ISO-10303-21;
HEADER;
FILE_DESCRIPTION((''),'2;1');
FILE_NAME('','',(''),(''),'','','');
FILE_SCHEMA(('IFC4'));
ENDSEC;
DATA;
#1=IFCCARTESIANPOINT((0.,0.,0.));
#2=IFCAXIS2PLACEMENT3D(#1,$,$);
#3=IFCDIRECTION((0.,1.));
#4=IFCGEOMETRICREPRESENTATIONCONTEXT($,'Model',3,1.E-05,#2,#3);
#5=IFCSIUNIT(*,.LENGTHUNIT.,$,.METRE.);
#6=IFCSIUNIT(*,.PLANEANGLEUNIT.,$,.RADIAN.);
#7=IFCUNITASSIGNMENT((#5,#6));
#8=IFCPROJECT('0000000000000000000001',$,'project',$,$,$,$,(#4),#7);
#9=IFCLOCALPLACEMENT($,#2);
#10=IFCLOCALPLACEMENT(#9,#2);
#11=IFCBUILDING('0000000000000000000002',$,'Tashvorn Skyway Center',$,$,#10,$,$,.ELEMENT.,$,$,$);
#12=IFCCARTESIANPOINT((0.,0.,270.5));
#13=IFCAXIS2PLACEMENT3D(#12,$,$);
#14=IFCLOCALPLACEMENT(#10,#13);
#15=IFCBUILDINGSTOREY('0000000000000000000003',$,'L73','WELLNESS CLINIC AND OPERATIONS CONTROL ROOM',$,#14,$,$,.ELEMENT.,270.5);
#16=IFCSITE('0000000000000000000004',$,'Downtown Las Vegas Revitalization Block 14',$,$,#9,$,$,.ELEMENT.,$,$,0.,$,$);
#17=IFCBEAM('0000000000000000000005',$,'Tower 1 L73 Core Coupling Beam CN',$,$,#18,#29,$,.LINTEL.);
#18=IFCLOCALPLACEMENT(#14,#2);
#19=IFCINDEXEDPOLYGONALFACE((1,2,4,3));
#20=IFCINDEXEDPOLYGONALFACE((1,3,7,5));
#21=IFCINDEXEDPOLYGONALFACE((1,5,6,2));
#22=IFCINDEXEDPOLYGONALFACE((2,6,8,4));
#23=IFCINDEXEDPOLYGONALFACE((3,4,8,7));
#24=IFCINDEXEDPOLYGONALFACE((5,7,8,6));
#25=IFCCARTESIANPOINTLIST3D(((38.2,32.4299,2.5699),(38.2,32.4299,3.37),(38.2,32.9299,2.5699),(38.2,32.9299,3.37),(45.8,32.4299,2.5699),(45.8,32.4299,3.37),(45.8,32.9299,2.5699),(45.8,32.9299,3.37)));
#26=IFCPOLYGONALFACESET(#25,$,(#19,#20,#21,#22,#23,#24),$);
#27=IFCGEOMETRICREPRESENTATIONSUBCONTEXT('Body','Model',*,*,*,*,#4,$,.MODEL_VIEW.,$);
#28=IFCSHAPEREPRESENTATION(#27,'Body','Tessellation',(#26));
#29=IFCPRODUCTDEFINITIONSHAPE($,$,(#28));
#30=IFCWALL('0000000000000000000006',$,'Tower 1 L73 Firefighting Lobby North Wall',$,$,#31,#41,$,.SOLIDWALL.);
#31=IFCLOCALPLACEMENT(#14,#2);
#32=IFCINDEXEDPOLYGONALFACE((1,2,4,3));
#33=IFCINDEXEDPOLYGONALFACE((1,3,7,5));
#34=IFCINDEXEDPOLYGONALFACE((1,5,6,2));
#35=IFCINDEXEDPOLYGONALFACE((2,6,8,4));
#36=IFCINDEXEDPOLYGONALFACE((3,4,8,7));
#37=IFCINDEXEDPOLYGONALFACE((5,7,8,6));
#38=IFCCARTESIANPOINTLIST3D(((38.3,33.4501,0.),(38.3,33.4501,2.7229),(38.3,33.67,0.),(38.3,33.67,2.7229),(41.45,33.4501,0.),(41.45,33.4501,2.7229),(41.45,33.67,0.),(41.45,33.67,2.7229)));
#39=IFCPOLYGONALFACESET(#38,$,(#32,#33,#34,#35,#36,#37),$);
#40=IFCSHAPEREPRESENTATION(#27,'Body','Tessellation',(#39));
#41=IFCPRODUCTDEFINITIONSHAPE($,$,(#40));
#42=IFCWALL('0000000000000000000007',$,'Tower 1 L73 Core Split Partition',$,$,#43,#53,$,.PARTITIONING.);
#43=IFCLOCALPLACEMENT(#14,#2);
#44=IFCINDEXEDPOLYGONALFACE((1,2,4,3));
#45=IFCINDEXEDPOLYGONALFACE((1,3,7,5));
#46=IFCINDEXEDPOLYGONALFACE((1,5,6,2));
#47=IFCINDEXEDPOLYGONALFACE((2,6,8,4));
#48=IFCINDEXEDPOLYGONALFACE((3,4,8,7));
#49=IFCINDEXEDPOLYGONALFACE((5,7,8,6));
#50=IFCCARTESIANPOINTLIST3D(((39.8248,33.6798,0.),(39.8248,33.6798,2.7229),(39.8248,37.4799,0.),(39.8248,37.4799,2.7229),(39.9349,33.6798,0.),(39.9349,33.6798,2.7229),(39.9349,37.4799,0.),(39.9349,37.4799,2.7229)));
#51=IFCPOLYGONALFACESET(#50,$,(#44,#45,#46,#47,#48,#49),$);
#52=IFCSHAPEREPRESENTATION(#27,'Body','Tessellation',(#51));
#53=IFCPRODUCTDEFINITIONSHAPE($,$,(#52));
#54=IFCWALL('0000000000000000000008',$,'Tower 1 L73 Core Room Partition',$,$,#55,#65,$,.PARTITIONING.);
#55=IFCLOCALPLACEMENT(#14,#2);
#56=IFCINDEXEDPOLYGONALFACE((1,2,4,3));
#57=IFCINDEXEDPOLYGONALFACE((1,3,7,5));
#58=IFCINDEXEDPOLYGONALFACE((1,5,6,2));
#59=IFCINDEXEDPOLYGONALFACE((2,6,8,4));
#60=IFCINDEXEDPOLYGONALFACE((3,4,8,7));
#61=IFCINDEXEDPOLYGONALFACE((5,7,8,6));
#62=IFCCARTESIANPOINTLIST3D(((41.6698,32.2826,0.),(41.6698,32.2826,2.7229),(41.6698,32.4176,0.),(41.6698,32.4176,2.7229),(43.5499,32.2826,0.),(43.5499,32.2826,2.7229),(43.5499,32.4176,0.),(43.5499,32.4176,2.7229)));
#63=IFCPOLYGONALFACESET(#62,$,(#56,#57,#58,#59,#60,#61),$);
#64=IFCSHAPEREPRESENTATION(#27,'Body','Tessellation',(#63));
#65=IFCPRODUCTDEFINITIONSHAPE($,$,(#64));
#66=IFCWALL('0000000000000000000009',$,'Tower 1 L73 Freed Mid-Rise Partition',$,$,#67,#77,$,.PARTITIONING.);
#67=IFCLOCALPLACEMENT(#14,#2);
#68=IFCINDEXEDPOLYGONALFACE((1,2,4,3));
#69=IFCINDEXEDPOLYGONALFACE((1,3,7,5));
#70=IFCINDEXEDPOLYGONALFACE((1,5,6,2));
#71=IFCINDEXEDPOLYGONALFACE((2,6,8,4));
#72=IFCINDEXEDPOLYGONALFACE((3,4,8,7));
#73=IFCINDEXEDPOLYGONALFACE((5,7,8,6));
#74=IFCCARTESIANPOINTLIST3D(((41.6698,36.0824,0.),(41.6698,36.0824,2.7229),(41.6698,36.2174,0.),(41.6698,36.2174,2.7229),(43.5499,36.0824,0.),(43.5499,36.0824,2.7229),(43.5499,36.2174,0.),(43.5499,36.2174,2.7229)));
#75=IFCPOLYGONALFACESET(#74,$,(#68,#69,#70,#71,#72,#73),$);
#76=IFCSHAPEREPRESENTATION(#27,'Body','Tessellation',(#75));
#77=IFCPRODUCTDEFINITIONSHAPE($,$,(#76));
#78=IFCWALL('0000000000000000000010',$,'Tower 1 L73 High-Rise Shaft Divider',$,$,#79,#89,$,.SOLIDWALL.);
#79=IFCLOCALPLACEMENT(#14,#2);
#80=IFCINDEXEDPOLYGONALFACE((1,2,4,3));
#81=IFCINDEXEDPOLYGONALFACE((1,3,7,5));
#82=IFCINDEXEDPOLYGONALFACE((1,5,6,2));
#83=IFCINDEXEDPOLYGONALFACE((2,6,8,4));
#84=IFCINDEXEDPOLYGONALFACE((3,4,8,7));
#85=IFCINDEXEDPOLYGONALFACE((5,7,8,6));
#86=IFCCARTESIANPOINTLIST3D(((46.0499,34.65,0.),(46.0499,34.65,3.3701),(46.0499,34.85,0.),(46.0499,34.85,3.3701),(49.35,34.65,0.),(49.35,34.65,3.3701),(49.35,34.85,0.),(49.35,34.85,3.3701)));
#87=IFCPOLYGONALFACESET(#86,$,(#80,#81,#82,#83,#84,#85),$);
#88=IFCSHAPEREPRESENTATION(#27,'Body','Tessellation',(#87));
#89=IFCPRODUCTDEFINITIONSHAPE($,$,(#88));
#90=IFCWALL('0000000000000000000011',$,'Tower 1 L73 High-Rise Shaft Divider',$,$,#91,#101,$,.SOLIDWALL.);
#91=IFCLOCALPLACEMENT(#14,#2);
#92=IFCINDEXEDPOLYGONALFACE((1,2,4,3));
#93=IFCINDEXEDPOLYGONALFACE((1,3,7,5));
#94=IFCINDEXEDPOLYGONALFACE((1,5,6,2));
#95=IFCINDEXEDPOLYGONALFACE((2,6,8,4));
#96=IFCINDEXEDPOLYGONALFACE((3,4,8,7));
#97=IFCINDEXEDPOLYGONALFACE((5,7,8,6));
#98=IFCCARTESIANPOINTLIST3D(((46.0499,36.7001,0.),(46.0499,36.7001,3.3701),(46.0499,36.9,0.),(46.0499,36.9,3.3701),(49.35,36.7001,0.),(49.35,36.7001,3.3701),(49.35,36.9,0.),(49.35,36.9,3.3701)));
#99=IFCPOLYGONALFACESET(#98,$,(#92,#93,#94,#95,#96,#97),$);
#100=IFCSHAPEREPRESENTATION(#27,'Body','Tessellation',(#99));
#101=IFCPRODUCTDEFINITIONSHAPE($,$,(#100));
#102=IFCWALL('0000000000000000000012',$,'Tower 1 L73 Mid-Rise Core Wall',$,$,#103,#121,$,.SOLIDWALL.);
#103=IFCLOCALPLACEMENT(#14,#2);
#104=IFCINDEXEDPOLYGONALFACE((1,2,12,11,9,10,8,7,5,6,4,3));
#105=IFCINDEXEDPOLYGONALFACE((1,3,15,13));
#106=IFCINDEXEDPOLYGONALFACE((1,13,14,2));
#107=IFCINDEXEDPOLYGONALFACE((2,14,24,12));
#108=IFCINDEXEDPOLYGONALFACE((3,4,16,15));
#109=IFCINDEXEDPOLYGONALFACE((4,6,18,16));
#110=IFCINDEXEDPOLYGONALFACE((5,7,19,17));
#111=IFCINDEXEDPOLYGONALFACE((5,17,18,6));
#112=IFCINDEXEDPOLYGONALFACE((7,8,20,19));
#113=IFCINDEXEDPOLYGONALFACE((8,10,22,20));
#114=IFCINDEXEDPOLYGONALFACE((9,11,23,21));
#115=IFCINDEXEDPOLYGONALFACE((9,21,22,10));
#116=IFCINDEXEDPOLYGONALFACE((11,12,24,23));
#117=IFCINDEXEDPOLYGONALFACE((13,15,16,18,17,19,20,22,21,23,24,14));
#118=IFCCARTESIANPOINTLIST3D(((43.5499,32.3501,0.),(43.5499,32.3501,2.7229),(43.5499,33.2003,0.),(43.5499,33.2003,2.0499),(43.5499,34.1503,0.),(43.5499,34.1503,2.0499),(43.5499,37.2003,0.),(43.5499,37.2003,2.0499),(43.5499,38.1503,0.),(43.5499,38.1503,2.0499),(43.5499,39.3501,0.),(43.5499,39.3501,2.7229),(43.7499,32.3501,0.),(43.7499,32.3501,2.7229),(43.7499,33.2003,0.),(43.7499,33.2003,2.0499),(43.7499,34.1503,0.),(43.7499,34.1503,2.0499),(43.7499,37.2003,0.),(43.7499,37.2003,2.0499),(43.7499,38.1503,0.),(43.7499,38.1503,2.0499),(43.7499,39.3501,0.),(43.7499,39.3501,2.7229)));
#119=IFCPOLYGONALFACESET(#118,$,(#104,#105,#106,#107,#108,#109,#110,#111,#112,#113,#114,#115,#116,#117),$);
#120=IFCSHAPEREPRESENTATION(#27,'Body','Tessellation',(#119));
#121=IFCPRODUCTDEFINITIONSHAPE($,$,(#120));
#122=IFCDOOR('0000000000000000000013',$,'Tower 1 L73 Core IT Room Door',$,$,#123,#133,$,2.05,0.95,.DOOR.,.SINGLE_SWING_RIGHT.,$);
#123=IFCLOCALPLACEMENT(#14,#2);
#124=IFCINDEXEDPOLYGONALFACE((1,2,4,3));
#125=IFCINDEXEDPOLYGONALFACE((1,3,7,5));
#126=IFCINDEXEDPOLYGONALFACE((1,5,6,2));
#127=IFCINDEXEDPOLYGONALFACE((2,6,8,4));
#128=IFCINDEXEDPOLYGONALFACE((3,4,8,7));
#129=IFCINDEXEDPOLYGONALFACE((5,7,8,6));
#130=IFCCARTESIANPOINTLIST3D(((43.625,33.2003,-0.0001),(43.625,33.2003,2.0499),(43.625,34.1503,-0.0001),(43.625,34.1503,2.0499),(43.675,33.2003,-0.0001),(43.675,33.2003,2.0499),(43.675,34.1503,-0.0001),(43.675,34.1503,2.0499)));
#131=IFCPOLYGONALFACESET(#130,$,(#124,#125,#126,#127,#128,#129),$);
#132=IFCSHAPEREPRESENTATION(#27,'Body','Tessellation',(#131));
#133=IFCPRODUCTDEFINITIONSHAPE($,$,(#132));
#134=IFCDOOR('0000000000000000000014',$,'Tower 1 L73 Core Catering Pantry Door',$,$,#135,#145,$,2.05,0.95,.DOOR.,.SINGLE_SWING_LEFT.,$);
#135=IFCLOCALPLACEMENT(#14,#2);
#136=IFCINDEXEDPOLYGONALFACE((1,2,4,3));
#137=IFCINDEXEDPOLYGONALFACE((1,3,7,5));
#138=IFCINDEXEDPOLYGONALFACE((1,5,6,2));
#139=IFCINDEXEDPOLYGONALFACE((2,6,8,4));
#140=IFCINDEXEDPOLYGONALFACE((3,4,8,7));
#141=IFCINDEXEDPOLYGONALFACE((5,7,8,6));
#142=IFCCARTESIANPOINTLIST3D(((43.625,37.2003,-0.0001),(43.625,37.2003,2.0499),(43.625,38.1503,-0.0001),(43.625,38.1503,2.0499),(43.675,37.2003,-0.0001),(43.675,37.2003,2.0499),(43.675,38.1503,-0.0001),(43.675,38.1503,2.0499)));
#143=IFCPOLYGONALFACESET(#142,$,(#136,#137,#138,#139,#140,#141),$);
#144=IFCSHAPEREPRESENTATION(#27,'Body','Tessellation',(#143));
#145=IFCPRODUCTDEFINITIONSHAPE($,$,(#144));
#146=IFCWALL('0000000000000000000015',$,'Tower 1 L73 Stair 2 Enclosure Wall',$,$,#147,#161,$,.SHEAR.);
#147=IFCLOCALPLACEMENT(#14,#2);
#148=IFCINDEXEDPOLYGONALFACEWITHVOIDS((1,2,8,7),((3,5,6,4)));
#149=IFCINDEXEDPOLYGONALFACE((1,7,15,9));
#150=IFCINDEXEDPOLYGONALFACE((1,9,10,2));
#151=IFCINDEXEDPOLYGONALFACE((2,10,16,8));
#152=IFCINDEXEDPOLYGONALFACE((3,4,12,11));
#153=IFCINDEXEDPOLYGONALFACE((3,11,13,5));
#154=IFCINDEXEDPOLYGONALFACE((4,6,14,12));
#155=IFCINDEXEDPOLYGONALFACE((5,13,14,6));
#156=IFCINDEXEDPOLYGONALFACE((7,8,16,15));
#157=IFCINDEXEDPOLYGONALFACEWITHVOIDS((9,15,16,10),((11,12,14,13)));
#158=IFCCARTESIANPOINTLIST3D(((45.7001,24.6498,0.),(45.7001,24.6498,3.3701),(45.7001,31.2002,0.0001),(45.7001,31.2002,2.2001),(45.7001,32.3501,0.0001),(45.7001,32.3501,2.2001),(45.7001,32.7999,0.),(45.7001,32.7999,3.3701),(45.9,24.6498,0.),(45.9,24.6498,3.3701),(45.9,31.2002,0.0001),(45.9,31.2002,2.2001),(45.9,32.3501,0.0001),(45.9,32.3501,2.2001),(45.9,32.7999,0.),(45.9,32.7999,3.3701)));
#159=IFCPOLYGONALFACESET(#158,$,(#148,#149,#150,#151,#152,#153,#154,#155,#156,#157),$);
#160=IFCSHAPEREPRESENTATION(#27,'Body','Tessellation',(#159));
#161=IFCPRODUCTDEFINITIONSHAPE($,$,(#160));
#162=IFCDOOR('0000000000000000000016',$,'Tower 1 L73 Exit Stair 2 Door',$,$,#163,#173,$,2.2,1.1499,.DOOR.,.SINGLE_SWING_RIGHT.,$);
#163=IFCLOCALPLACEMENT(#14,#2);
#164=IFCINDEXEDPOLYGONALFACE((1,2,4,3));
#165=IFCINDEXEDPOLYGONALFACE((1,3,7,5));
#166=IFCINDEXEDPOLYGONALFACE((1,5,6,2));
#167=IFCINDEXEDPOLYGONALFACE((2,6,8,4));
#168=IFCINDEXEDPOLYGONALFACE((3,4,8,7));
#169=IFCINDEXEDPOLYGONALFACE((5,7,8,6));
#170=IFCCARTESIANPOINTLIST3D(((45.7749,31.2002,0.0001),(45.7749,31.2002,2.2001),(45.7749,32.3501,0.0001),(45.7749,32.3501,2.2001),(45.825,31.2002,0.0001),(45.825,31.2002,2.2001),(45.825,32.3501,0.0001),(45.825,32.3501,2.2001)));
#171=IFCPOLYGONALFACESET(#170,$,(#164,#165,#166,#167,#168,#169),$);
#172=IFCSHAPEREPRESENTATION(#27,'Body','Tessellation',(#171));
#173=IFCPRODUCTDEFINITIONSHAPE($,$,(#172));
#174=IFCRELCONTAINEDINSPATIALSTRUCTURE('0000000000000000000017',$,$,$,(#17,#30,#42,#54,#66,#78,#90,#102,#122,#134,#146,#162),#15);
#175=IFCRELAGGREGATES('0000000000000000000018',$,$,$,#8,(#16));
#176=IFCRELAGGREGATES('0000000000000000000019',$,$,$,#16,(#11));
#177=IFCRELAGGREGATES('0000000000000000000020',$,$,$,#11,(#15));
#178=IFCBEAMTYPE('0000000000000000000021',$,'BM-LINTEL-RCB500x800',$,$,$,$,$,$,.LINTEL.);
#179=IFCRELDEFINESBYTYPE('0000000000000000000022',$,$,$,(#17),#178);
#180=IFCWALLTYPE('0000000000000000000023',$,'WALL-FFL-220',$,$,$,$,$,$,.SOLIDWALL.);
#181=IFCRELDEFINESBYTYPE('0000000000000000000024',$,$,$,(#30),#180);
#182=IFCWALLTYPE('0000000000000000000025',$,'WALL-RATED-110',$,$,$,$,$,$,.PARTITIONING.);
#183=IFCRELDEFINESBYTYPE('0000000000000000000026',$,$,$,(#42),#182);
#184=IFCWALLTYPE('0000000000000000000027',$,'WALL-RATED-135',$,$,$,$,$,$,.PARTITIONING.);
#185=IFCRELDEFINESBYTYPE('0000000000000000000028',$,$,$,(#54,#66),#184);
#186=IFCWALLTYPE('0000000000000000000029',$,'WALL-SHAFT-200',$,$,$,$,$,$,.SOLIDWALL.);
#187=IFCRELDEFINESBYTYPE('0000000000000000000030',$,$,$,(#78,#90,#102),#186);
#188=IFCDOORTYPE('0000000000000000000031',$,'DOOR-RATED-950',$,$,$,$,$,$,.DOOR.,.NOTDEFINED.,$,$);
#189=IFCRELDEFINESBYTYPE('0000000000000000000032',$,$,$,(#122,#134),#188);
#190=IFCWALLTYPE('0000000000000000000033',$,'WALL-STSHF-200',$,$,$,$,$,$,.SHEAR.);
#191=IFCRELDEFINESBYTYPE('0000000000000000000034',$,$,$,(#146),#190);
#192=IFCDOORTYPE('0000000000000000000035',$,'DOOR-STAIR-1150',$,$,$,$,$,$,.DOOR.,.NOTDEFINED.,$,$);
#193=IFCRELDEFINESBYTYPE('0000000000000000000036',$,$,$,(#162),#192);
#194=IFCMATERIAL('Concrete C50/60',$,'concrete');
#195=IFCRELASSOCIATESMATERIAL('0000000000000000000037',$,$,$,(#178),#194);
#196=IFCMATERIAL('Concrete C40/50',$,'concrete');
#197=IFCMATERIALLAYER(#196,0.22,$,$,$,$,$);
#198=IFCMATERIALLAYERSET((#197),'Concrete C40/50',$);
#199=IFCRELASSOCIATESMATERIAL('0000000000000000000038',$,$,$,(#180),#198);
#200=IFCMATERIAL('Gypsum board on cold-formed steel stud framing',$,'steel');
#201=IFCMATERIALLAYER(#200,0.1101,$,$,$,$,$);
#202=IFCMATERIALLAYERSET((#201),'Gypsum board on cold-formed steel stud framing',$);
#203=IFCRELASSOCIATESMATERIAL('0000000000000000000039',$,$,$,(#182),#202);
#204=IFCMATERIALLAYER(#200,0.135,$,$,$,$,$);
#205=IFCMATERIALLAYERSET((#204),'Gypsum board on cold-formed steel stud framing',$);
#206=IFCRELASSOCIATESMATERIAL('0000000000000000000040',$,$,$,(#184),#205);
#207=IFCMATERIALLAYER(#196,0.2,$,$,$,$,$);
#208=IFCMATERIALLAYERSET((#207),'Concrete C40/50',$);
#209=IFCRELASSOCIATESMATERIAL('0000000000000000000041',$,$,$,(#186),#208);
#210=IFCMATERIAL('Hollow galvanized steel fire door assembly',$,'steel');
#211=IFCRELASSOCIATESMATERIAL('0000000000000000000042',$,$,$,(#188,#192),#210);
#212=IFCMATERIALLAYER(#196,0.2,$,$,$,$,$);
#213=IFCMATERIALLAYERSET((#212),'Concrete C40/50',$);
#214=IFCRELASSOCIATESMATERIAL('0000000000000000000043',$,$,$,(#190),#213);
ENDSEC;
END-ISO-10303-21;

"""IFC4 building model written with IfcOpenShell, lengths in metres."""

from ifc_helpers import new_model, si_unit, direction, frame, frame_2d, origin, origin_2d, place, context, subcontext, project, spatial, rectangle, extrude, material, layer, layer_set, material_profile, profile_set, type_object, element, fill, save


model = new_model("IFC4")

# Units and contexts
model_context = context("Model", 3, precision=1e-05, world=origin(), true_north=direction((0.0, 1.0)))
body_context = subcontext(model_context, "Body", "Model", "MODEL_VIEW")
ifc_project = project(units=[si_unit("LENGTHUNIT", "METRE"), si_unit("PLANEANGLEUNIT", "RADIAN")], contexts=[model_context])

# Site, building, storey
site_placement = place(None, origin())
site = spatial("IfcSite", under=ifc_project, at=site_placement, Name="Downtown Las Vegas Revitalization Block 14", CompositionType="ELEMENT", RefElevation=0.0)
building_placement = place(site_placement, origin())
building = spatial("IfcBuilding", under=site, at=building_placement, Name="Tashvorn Skyway Center", CompositionType="ELEMENT")
storey_placement = place(building_placement, frame((0.0, 0.0, 270.5)))
storey = spatial("IfcBuildingStorey", under=building, at=storey_placement, Name="L73", Description="WELLNESS CLINIC AND OPERATIONS CONTROL ROOM", CompositionType="ELEMENT", Elevation=270.5)

# Beam
ifc_material_1 = material(Name="Concrete C50/60", Category="concrete")
ifc_material_profile = material_profile(ifc_material_1, rectangle(XDim=0.5, YDim=0.8, at=origin_2d()), Name="RCB500x800")
ifc_profile_set = profile_set([ifc_material_profile], Name="Concrete C50/60")
beam_type = type_object("IfcBeamType", Name="BM-LINTEL-RCB500x800", PredefinedType="LINTEL", material=ifc_profile_set)
beam_placement = place(storey_placement, frame((38.2, 32.6799, 2.97), z_axis=(1.0, 0.0, 0.0), x_axis=(0.0, 1.0, 0.0)))
element("IfcBeam", 1, at=beam_placement, inside=storey, type_object=beam_type, Name="Tower 1 L73 Core Coupling Beam CN", PredefinedType="LINTEL", context=body_context, shape_type="SweptSolid", body=[
    extrude(rectangle(XDim=0.5, YDim=0.8, at=origin_2d()), origin(), (0.0, 0.0, 1.0), 7.6001),
])

# Walls
ifc_material_2 = material(Name="Concrete C40/50", Category="concrete")
ifc_layer_1 = layer(ifc_material_2, 0.22)
ifc_layer_set_1 = layer_set([ifc_layer_1], Name="Concrete C40/50")
wall_type_1 = type_object("IfcWallType", Name="WALL-FFL-220", PredefinedType="SOLIDWALL", material=ifc_layer_set_1)
wall_1_placement = place(storey_placement, frame((38.3, 33.5601, 0.0), z_axis=(0.0, 0.0, 1.0), x_axis=(1.0, 0.0, 0.0)))
element("IfcWall", 2, at=wall_1_placement, inside=storey, type_object=wall_type_1, Name="Tower 1 L73 Firefighting Lobby North Wall", PredefinedType="SOLIDWALL", context=body_context, shape_type="SweptSolid", body=[
    extrude(rectangle(XDim=3.1499, YDim=0.22, at=frame_2d((1.575, 0.0))), origin(), (0.0, 0.0, 1.0), 2.7229),
])
ifc_material_3 = material(Name="Gypsum board on cold-formed steel stud framing", Category="steel")
ifc_layer_2 = layer(ifc_material_3, 0.1101)
ifc_layer_set_2 = layer_set([ifc_layer_2], Name="Gypsum board on cold-formed steel stud framing")
wall_type_2 = type_object("IfcWallType", Name="WALL-RATED-110", PredefinedType="PARTITIONING", material=ifc_layer_set_2)
wall_2_placement = place(storey_placement, frame((39.8799, 33.6799, 0.0), z_axis=(0.0, 0.0, 1.0), x_axis=(0.0, 1.0, 0.0)))
element("IfcWall", 3, at=wall_2_placement, inside=storey, type_object=wall_type_2, Name="Tower 1 L73 Core Split Partition", PredefinedType="PARTITIONING", context=body_context, shape_type="SweptSolid", body=[
    extrude(rectangle(XDim=3.8, YDim=0.1101, at=frame_2d((1.8999, 0.0))), origin(), (0.0, 0.0, 1.0), 2.7229),
])
ifc_layer_3 = layer(ifc_material_3, 0.135)
ifc_layer_set_3 = layer_set([ifc_layer_3], Name="Gypsum board on cold-formed steel stud framing")
wall_type_3 = type_object("IfcWallType", Name="WALL-RATED-135", PredefinedType="PARTITIONING", material=ifc_layer_set_3)
for number, where, z_axis, x_axis, name in (
    (4, (41.6699, 32.3501, 0.0), (0.0, 0.0, 1.0), (1.0, 0.0, 0.0), "Tower 1 L73 Core Room Partition"),
    (5, (41.6699, 36.1499, 0.0), (0.0, 0.0, 1.0), (1.0, 0.0, 0.0), "Tower 1 L73 Freed Mid-Rise Partition"),
):
    element("IfcWall", number, at=place(storey_placement, frame(where, z_axis=z_axis, x_axis=x_axis)), inside=storey, type_object=wall_type_3, Name=name, PredefinedType="PARTITIONING", context=body_context, shape_type="SweptSolid", body=[
        extrude(rectangle(XDim=1.8801, YDim=0.135, at=frame_2d((0.9399, 0.0))), origin(), (0.0, 0.0, 1.0), 2.7229),
    ])
ifc_layer_4 = layer(ifc_material_2, 0.2)
ifc_layer_set_4 = layer_set([ifc_layer_4], Name="Concrete C40/50")
wall_type_4 = type_object("IfcWallType", Name="WALL-SHAFT-200", PredefinedType="SOLIDWALL", material=ifc_layer_set_4)
for number, where, z_axis, x_axis, name in (
    (6, (46.05, 34.75, 0.0), (0.0, 0.0, 1.0), (1.0, 0.0, 0.0), "Tower 1 L73 High-Rise Shaft Divider"),
    (7, (46.05, 36.8, 0.0), (0.0, 0.0, 1.0), (1.0, 0.0, 0.0), "Tower 1 L73 High-Rise Shaft Divider"),
):
    element("IfcWall", number, at=place(storey_placement, frame(where, z_axis=z_axis, x_axis=x_axis)), inside=storey, type_object=wall_type_4, Name=name, PredefinedType="SOLIDWALL", context=body_context, shape_type="SweptSolid", body=[
        extrude(rectangle(XDim=3.3, YDim=0.2, at=frame_2d((1.6499, 0.0))), origin(), (0.0, 0.0, 1.0), 3.3701),
    ])

# Wall, openings, doors
wall_3_placement = place(storey_placement, frame((43.6499, 32.3501, 0.0), z_axis=(0.0, 0.0, 1.0), x_axis=(0.0, 1.0, 0.0)))
wall_3 = element("IfcWall", 8, at=wall_3_placement, inside=storey, type_object=wall_type_4, Name="Tower 1 L73 Mid-Rise Core Wall", PredefinedType="SOLIDWALL", context=body_context, shape_type="SweptSolid", body=[
    extrude(rectangle(XDim=7.0, YDim=0.2, at=frame_2d((3.5, 0.0))), origin(), (0.0, 0.0, 1.0), 2.7229),
])
opening_1_placement = place(wall_3_placement, frame((0.8501, 0.0, 0.0)))
opening_1 = element("IfcOpeningElement", 9, at=opening_1_placement, cuts=wall_3, PredefinedType="OPENING", context=body_context, shape_type="SweptSolid", body=[
    extrude(rectangle(XDim=0.95, YDim=2.05, at=frame_2d((0.4751, 1.0249))), frame((0.0, 0.1099, 0.0), z_axis=(0.0, -1.0, 0.0), x_axis=(1.0, 0.0, 0.0)), (0.0, 0.0, 1.0), 0.22),
])
opening_2_placement = place(wall_3_placement, frame((4.8501, 0.0, 0.0)))
opening_2 = element("IfcOpeningElement", 10, at=opening_2_placement, cuts=wall_3, PredefinedType="OPENING", context=body_context, shape_type="SweptSolid", body=[
    extrude(rectangle(XDim=0.95, YDim=2.05, at=frame_2d((0.4751, 1.0249))), frame((0.0, 0.1099, 0.0), z_axis=(0.0, -1.0, 0.0), x_axis=(1.0, 0.0, 0.0)), (0.0, 0.0, 1.0), 0.22),
])
ifc_material_4 = material(Name="Hollow galvanized steel fire door assembly", Category="steel")
door_type_1 = type_object("IfcDoorType", Name="DOOR-RATED-950", OperationType="NOTDEFINED", PredefinedType="DOOR", material=ifc_material_4)
door_1_placement = place(opening_1_placement, origin())
door_1 = element("IfcDoor", 11, at=door_1_placement, inside=storey, type_object=door_type_1, Name="Tower 1 L73 Core IT Room Door", OperationType="SINGLE_SWING_RIGHT", OverallHeight=2.05, OverallWidth=0.95, PredefinedType="DOOR", context=body_context, shape_type="SweptSolid", body=[
    extrude(rectangle(XDim=0.95, YDim=2.05, at=frame_2d((0.4751, 1.0249))), frame((0.0, 0.0249, 0.0), z_axis=(0.0, -1.0, 0.0), x_axis=(1.0, 0.0, 0.0)), (0.0, 0.0, 1.0), 0.05),
])
fill(opening_1, door_1)
door_2_placement = place(opening_2_placement, origin())
door_2 = element("IfcDoor", 12, at=door_2_placement, inside=storey, type_object=door_type_1, Name="Tower 1 L73 Core Catering Pantry Door", OperationType="SINGLE_SWING_LEFT", OverallHeight=2.05, OverallWidth=0.95, PredefinedType="DOOR", context=body_context, shape_type="SweptSolid", body=[
    extrude(rectangle(XDim=0.95, YDim=2.05, at=frame_2d((0.4751, 1.0249))), frame((0.0, 0.0249, 0.0), z_axis=(0.0, -1.0, 0.0), x_axis=(1.0, 0.0, 0.0)), (0.0, 0.0, 1.0), 0.05),
])
fill(opening_2, door_2)

# Wall, opening, door
ifc_layer_5 = layer(ifc_material_2, 0.2)
ifc_layer_set_5 = layer_set([ifc_layer_5], Name="Concrete C40/50")
wall_type_5 = type_object("IfcWallType", Name="WALL-STSHF-200", PredefinedType="SHEAR", material=ifc_layer_set_5)
wall_4_placement = place(storey_placement, frame((45.8, 32.8, 0.0), z_axis=(0.0, 0.0, 1.0), x_axis=(0.0, -1.0, 0.0)))
wall_4 = element("IfcWall", 13, at=wall_4_placement, inside=storey, type_object=wall_type_5, Name="Tower 1 L73 Stair 2 Enclosure Wall", PredefinedType="SHEAR", context=body_context, shape_type="SweptSolid", body=[
    extrude(rectangle(XDim=8.1501, YDim=0.2, at=frame_2d((4.0752, 0.0))), origin(), (0.0, 0.0, 1.0), 3.3701),
])
opening_3_placement = place(wall_4_placement, frame((0.45, 0.0, 0.0)))
opening_3 = element("IfcOpeningElement", 14, at=opening_3_placement, cuts=wall_4, PredefinedType="OPENING", context=body_context, shape_type="SweptSolid", body=[
    extrude(rectangle(XDim=1.1499, YDim=2.2, at=frame_2d((0.575, 1.1001))), frame((0.0, 0.1099, 0.0), z_axis=(0.0, -1.0, 0.0), x_axis=(1.0, 0.0, 0.0)), (0.0, 0.0, 1.0), 0.22),
])
door_type_2 = type_object("IfcDoorType", Name="DOOR-STAIR-1150", OperationType="NOTDEFINED", PredefinedType="DOOR", material=ifc_material_4)
door_3_placement = place(opening_3_placement, origin())
door_3 = element("IfcDoor", 15, at=door_3_placement, inside=storey, type_object=door_type_2, Name="Tower 1 L73 Exit Stair 2 Door", OperationType="SINGLE_SWING_RIGHT", OverallHeight=2.2, OverallWidth=1.1499, PredefinedType="DOOR", context=body_context, shape_type="SweptSolid", body=[
    extrude(rectangle(XDim=1.1499, YDim=2.2, at=frame_2d((0.575, 1.1001))), frame((0.0, 0.0249, 0.0), z_axis=(0.0, -1.0, 0.0), x_axis=(1.0, 0.0, 0.0)), (0.0, 0.0, 1.0), 0.05),
])
fill(opening_3, door_3)

save(model, "model.ifc")
